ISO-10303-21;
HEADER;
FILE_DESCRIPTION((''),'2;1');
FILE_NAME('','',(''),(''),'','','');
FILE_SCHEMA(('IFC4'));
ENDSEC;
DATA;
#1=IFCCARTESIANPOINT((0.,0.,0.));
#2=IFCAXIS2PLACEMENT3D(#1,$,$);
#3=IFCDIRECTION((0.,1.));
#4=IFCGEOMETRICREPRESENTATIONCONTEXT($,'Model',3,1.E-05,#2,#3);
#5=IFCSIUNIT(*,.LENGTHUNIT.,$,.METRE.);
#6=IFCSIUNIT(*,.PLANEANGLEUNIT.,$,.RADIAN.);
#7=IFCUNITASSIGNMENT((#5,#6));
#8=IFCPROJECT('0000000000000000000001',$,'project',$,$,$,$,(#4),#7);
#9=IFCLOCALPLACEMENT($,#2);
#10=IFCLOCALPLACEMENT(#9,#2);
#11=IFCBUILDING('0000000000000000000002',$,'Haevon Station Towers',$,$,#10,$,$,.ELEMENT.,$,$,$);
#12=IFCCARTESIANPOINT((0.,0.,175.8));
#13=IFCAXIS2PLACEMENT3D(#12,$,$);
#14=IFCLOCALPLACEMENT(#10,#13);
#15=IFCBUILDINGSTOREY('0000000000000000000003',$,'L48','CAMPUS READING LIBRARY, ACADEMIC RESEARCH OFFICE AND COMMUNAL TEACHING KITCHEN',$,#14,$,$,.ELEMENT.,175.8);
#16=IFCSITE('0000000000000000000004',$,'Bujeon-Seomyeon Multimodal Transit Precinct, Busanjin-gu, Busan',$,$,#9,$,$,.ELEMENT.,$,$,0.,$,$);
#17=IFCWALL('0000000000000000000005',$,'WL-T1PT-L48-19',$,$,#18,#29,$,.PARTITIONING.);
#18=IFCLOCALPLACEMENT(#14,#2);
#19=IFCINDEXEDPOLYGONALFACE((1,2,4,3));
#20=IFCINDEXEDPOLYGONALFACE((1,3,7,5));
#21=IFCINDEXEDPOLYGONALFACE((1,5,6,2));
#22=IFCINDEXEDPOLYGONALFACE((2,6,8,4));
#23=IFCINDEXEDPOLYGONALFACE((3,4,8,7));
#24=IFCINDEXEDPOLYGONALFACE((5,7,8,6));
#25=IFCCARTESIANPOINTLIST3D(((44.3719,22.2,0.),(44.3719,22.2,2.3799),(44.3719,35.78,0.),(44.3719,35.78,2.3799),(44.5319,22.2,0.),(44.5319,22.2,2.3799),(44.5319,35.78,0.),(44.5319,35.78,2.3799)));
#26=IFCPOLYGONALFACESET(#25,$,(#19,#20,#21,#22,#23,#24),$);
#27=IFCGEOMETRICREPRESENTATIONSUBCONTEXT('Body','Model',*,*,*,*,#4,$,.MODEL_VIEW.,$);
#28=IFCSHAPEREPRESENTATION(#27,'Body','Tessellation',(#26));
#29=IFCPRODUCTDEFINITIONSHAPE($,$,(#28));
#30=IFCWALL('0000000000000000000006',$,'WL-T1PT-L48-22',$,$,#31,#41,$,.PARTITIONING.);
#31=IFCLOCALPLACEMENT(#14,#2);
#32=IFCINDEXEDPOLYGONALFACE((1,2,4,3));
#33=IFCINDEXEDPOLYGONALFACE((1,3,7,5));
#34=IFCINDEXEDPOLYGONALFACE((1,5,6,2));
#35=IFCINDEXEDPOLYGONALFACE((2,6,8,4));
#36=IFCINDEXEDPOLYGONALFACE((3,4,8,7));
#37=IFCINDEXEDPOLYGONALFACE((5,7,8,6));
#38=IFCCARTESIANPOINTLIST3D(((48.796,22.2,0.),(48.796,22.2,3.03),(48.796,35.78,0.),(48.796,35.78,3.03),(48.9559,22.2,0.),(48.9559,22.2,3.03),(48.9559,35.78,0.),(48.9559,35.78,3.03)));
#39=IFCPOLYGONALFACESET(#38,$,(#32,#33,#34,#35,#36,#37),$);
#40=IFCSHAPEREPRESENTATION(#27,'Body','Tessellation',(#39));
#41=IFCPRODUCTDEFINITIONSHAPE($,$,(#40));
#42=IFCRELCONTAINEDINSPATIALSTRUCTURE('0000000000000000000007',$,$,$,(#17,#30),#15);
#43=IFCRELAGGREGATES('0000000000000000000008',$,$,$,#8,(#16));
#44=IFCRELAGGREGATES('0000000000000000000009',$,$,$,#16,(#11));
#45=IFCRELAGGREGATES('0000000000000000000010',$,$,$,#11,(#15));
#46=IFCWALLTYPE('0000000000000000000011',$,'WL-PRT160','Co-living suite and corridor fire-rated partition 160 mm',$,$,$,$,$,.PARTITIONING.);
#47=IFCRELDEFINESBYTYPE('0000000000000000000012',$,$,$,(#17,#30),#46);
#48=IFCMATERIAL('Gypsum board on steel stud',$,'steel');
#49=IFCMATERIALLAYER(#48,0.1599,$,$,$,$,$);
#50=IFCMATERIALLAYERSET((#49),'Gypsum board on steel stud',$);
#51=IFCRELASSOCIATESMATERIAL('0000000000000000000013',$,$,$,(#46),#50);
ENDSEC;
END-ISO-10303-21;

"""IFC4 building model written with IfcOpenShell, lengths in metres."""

from ifc_helpers import new_model, si_unit, direction, frame, frame_2d, origin, place, context, subcontext, project, spatial, rectangle, extrude, material, layer, layer_set, type_object, element, save


model = new_model("IFC4")

# Units and contexts
model_context = context("Model", 3, precision=1e-05, world=origin(), true_north=direction((0.0, 1.0)))
body_context = subcontext(model_context, "Body", "Model", "MODEL_VIEW")
ifc_project = project(units=[si_unit("LENGTHUNIT", "METRE"), si_unit("PLANEANGLEUNIT", "RADIAN")], contexts=[model_context])

# Site, building, storey
site_placement = place(None, origin())
site = spatial("IfcSite", under=ifc_project, at=site_placement, Name="Bujeon-Seomyeon Multimodal Transit Precinct, Busanjin-gu, Busan", CompositionType="ELEMENT", RefElevation=0.0)
building_placement = place(site_placement, origin())
building = spatial("IfcBuilding", under=site, at=building_placement, Name="Haevon Station Towers", CompositionType="ELEMENT")
storey_placement = place(building_placement, frame((0.0, 0.0, 175.8)))
storey = spatial("IfcBuildingStorey", under=building, at=storey_placement, Name="L48", Description="CAMPUS READING LIBRARY, ACADEMIC RESEARCH OFFICE AND COMMUNAL TEACHING KITCHEN", CompositionType="ELEMENT", Elevation=175.8)

# Shared definitions
ifc_material_1 = material(Name="Gypsum board on steel stud", Category="steel")
ifc_layer_1 = layer(ifc_material_1, 0.1599)
ifc_layer_set_1 = layer_set([ifc_layer_1], Name="Gypsum board on steel stud")
wall_type_1 = type_object("IfcWallType", Name="WL-PRT160", Description="Co-living suite and corridor fire-rated partition 160 mm", PredefinedType="PARTITIONING", material=ifc_layer_set_1)

# Walls
wall_1_placement = place(storey_placement, frame((44.4519, 22.2, 0.0), z_axis=(0.0, 0.0, 1.0), x_axis=(0.0, 1.0, 0.0)))
element("IfcWall", 1, at=wall_1_placement, inside=storey, type_object=wall_type_1, Name="WL-T1PT-L48-19", PredefinedType="PARTITIONING", context=body_context, shape_type="SweptSolid", body=[
    extrude(rectangle(XDim=13.5801, YDim=0.1599, at=frame_2d((6.79, 0.0))), origin(), (0.0, 0.0, 1.0), 2.3799),
])
wall_2_placement = place(storey_placement, frame((48.876, 22.2, 0.0), z_axis=(0.0, 0.0, 1.0), x_axis=(0.0, 1.0, 0.0)))
element("IfcWall", 2, at=wall_2_placement, inside=storey, type_object=wall_type_1, Name="WL-T1PT-L48-22", PredefinedType="PARTITIONING", context=body_context, shape_type="SweptSolid", body=[
    extrude(rectangle(XDim=13.5801, YDim=0.1599, at=frame_2d((6.79, 0.0))), origin(), (0.0, 0.0, 1.0), 3.03),
])

save(model, "model.ifc")
